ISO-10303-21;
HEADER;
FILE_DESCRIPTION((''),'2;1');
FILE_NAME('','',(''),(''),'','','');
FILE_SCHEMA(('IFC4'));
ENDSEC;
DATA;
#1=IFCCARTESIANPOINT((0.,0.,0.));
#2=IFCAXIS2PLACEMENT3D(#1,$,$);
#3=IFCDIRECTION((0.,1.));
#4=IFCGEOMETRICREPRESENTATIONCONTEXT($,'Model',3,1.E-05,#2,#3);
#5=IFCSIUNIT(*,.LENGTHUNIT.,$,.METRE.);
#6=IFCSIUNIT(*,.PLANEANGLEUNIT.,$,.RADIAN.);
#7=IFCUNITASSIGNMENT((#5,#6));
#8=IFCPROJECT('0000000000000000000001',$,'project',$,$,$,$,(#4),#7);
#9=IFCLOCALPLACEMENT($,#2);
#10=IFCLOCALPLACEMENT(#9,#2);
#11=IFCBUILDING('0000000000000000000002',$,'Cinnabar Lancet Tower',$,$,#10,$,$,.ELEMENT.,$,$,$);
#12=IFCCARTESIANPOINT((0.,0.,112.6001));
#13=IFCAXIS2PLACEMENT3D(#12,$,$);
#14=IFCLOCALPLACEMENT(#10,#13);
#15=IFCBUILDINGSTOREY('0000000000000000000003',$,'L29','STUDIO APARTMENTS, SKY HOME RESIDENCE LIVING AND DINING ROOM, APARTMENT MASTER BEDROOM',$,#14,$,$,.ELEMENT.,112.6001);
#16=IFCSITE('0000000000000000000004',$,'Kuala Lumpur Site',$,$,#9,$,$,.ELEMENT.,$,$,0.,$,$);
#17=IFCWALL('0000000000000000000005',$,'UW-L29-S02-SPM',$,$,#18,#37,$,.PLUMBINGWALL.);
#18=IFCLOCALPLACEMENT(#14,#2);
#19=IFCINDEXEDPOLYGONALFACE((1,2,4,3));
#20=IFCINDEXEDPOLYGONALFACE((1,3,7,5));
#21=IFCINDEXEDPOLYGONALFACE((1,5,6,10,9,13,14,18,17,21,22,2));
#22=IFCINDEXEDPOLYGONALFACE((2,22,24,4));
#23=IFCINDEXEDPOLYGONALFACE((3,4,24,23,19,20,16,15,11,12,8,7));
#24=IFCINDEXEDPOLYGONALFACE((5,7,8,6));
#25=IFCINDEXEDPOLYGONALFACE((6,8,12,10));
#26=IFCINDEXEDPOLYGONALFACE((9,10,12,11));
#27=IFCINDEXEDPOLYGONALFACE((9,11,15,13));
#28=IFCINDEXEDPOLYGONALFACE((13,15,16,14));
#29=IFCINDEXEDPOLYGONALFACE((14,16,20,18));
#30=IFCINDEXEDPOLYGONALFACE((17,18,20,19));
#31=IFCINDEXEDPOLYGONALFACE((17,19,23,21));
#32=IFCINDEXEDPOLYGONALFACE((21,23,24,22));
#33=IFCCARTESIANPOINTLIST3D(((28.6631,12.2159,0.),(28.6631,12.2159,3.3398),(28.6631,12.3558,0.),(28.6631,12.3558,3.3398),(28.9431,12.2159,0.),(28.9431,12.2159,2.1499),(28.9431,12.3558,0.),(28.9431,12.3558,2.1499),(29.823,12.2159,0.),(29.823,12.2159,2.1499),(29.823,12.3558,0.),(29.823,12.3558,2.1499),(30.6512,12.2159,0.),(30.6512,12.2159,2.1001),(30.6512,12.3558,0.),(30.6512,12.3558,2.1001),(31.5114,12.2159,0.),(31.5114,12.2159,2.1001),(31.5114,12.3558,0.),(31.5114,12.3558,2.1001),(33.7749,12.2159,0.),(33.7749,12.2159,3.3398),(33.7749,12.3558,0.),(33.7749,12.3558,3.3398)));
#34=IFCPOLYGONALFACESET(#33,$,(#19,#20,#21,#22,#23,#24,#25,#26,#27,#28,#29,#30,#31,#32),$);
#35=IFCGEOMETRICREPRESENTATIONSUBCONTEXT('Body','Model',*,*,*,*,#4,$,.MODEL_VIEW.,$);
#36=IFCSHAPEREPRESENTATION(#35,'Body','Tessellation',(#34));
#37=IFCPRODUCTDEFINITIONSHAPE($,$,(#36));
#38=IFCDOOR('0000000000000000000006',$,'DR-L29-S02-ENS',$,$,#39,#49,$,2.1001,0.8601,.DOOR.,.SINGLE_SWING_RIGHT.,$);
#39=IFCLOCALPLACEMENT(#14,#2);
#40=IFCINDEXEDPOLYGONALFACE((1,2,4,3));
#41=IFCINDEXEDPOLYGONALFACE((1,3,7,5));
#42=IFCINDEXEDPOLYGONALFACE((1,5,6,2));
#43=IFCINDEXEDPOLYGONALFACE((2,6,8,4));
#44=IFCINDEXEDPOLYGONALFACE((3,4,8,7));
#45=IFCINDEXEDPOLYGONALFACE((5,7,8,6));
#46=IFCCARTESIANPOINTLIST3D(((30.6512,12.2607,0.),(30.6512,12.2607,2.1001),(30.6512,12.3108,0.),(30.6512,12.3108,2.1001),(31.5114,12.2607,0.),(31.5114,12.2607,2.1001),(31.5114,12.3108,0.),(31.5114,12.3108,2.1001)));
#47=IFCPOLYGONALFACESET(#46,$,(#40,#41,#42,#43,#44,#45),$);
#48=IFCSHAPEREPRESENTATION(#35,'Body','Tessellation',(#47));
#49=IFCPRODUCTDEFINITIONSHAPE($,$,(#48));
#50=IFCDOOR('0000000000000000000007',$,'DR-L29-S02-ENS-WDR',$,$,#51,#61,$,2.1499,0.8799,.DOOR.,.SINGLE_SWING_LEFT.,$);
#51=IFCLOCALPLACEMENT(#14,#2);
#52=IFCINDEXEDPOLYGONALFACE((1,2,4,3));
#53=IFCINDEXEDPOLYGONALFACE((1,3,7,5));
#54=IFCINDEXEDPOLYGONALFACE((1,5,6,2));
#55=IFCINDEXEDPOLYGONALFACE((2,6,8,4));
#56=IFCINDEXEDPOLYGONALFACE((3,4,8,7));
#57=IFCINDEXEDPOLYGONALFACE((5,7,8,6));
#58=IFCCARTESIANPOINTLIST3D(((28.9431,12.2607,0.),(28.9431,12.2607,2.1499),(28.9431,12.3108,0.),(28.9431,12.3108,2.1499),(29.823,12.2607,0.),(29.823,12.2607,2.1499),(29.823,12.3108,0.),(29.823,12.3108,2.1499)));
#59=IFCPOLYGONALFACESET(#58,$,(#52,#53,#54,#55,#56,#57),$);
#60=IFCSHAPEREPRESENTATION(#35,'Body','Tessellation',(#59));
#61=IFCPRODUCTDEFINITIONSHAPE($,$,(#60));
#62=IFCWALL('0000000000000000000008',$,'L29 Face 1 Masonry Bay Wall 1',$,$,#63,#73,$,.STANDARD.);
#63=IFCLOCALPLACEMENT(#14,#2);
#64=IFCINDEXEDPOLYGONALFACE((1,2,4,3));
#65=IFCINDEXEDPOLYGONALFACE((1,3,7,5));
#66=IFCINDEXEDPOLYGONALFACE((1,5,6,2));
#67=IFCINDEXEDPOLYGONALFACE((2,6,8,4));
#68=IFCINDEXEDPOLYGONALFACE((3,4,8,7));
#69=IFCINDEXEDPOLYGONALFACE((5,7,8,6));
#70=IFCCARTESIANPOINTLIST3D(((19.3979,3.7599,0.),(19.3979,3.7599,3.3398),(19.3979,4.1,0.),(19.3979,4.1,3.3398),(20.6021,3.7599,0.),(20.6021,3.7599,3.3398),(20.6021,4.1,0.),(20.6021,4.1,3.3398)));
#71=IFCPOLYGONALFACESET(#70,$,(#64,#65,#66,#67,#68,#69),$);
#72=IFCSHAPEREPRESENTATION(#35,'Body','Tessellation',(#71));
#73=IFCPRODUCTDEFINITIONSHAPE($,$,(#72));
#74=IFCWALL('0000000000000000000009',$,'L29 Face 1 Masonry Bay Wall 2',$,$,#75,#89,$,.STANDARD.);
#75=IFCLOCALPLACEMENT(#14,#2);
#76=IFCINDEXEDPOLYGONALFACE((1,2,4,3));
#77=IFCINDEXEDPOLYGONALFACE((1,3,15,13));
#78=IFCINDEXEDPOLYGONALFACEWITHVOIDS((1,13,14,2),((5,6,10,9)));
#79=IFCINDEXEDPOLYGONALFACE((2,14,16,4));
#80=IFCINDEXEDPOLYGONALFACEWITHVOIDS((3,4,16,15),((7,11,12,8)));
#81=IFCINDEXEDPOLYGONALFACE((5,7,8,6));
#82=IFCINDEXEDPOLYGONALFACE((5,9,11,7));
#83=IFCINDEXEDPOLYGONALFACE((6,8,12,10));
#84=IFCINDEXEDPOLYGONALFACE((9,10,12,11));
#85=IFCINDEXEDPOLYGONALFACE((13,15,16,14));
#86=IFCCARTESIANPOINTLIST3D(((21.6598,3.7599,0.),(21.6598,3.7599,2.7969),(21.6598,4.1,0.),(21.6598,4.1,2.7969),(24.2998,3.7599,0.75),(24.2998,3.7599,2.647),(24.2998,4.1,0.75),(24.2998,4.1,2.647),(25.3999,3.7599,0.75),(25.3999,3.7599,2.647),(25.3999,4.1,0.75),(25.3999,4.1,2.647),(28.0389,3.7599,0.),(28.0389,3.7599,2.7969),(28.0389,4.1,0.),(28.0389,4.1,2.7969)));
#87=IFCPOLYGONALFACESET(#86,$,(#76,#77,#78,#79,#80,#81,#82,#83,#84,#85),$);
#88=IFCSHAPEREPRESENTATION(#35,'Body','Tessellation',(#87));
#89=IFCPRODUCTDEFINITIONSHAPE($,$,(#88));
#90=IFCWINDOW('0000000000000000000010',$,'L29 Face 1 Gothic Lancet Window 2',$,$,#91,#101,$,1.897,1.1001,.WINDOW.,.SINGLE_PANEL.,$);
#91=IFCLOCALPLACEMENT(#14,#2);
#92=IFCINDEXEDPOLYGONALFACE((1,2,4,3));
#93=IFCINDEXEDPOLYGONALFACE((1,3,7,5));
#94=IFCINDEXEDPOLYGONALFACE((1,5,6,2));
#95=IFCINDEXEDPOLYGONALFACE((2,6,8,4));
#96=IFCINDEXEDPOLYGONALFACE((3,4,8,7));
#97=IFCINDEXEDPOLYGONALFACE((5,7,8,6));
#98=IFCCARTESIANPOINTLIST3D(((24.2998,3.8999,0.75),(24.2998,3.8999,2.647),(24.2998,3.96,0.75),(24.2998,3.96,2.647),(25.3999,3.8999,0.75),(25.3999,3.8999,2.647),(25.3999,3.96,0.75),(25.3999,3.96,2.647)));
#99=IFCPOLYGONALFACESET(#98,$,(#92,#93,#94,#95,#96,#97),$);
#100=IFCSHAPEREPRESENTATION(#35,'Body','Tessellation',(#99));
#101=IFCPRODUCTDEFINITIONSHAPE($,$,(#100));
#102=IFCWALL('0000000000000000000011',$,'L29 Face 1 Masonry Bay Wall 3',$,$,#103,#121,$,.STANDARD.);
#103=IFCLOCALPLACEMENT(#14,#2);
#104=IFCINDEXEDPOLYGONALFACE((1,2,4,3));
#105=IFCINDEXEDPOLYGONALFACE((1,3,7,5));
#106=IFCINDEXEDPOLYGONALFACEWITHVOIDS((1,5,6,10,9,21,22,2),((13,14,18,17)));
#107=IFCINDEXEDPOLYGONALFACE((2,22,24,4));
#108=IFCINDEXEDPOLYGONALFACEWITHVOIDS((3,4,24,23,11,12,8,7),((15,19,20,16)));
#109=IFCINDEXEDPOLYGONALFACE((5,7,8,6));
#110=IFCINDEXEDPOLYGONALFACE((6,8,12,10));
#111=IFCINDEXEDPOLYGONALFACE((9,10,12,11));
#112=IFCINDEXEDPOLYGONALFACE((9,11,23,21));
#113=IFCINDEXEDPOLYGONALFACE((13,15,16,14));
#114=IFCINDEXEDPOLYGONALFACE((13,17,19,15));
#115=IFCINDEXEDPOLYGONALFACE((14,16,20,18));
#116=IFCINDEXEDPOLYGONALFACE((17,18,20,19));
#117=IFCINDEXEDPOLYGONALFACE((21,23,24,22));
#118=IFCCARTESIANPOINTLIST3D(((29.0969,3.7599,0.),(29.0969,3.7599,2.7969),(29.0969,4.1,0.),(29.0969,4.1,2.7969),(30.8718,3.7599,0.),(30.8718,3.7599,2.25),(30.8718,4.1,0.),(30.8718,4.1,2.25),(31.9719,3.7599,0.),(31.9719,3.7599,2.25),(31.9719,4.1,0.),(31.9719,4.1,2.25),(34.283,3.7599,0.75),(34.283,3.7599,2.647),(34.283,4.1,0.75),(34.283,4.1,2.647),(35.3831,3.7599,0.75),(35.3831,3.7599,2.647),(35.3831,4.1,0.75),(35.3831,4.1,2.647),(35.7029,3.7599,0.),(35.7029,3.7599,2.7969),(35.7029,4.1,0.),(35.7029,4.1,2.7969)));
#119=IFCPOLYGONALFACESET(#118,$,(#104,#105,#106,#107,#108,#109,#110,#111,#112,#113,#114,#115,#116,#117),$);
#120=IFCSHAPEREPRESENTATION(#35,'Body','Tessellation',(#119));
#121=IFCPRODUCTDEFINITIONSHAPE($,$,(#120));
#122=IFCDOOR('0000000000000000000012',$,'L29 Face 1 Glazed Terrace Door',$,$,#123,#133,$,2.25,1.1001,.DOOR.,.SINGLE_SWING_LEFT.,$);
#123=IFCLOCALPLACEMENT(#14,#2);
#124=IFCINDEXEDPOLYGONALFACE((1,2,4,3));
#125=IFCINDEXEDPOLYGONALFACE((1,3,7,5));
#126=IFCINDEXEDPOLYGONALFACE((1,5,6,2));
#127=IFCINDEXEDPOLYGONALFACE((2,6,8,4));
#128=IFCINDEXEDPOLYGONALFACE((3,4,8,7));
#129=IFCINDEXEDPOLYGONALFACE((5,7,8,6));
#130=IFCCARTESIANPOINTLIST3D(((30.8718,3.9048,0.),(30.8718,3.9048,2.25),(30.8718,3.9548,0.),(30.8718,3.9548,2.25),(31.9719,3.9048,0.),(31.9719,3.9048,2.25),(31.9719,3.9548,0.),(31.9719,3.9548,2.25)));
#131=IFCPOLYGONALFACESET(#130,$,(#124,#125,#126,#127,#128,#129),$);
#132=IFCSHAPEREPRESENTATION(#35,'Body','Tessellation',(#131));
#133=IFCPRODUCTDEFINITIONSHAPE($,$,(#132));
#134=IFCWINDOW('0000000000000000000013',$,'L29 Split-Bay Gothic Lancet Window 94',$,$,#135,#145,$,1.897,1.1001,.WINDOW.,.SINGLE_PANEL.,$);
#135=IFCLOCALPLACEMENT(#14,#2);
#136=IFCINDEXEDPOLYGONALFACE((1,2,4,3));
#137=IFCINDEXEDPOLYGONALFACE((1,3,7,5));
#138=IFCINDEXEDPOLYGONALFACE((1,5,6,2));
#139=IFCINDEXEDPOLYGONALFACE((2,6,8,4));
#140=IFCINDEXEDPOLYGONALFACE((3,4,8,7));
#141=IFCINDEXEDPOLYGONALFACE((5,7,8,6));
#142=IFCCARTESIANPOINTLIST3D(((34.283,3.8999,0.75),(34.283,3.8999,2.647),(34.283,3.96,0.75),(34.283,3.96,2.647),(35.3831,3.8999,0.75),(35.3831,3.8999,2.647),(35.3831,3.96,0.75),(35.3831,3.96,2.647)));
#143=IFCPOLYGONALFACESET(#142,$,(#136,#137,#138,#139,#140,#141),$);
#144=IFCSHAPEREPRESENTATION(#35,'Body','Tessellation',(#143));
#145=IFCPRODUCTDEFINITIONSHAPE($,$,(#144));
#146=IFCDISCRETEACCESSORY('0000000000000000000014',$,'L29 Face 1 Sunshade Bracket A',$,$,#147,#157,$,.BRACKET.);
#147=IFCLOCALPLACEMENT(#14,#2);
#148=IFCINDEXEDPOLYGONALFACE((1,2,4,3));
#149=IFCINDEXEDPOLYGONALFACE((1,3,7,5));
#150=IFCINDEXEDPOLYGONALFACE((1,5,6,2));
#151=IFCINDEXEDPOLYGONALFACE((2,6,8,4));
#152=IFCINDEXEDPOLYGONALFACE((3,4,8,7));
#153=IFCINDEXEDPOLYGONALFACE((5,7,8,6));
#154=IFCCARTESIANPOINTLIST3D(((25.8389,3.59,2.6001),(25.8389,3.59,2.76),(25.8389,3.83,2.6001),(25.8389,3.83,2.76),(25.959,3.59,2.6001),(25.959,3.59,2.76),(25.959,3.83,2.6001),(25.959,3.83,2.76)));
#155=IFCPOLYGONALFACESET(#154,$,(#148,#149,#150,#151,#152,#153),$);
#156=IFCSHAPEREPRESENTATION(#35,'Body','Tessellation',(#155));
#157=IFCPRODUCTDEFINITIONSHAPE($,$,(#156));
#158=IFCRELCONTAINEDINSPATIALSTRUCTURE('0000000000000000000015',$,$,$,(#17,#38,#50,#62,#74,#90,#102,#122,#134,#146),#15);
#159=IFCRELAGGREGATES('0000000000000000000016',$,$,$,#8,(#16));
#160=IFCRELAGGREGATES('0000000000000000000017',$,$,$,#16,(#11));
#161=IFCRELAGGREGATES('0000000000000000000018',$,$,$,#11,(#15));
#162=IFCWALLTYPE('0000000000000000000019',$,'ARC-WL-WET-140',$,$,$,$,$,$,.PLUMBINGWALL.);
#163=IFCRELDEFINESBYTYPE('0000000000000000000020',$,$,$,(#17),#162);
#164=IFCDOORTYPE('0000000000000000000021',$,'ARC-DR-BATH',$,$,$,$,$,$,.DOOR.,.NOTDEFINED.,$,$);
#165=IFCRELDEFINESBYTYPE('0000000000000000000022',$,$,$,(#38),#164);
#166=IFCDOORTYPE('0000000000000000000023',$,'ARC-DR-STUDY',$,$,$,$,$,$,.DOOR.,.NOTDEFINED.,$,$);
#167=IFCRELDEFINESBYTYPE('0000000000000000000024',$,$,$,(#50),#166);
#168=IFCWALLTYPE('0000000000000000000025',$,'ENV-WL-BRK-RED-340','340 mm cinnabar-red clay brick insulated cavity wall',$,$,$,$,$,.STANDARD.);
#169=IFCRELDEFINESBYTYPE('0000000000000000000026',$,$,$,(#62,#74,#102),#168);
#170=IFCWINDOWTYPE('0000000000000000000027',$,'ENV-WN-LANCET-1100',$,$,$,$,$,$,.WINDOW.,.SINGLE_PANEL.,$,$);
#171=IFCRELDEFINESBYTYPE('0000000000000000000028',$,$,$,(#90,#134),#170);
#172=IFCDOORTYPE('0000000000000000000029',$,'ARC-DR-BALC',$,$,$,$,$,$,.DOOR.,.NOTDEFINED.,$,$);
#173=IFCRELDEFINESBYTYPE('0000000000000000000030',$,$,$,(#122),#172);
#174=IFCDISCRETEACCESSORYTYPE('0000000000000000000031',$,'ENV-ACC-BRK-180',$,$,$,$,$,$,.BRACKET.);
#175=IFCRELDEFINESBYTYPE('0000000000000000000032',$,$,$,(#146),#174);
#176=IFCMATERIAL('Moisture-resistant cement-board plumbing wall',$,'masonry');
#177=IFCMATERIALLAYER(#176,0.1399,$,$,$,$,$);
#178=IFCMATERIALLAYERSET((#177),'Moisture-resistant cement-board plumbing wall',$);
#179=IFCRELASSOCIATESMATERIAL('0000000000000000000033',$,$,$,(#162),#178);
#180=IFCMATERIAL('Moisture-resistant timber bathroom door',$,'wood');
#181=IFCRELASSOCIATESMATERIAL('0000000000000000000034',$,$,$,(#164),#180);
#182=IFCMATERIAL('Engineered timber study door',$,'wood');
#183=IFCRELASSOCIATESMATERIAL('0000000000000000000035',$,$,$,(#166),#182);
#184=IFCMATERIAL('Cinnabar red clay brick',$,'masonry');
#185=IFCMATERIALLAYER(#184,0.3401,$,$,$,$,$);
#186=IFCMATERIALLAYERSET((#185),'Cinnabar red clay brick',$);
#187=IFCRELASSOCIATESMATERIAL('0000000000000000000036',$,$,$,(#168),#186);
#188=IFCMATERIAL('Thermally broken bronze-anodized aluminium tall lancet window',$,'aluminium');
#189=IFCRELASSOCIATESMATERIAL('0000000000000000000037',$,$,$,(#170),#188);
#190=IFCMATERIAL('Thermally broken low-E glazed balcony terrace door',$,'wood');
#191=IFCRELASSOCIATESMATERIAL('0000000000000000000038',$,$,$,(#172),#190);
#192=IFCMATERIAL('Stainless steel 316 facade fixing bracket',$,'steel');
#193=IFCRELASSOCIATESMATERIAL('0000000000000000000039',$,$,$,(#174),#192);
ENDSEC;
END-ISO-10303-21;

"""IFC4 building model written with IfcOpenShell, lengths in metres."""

from ifc_helpers import new_model, si_unit, direction, frame, frame_2d, origin, origin_2d, place, context, subcontext, project, spatial, rectangle, extrude, material, layer, layer_set, type_object, element, fill, save


model = new_model("IFC4")

# Units and contexts
model_context = context("Model", 3, precision=1e-05, world=origin(), true_north=direction((0.0, 1.0)))
body_context = subcontext(model_context, "Body", "Model", "MODEL_VIEW")
ifc_project = project(units=[si_unit("LENGTHUNIT", "METRE"), si_unit("PLANEANGLEUNIT", "RADIAN")], contexts=[model_context])

# Site, building, storey
site_placement = place(None, origin())
site = spatial("IfcSite", under=ifc_project, at=site_placement, Name="Kuala Lumpur Site", CompositionType="ELEMENT", RefElevation=0.0)
building_placement = place(site_placement, origin())
building = spatial("IfcBuilding", under=site, at=building_placement, Name="Cinnabar Lancet Tower", CompositionType="ELEMENT")
storey_placement = place(building_placement, frame((0.0, 0.0, 112.6001)))
storey = spatial("IfcBuildingStorey", under=building, at=storey_placement, Name="L29", Description="STUDIO APARTMENTS, SKY HOME RESIDENCE LIVING AND DINING ROOM, APARTMENT MASTER BEDROOM", CompositionType="ELEMENT", Elevation=112.6001)

# Wall, openings, doors
ifc_material_1 = material(Name="Moisture-resistant cement-board plumbing wall", Category="masonry")
ifc_layer_1 = layer(ifc_material_1, 0.1399)
ifc_layer_set_1 = layer_set([ifc_layer_1], Name="Moisture-resistant cement-board plumbing wall")
wall_type_1 = type_object("IfcWallType", Name="ARC-WL-WET-140", PredefinedType="PLUMBINGWALL", material=ifc_layer_set_1)
ifc_material_2 = material(Name="Moisture-resistant timber bathroom door", Category="wood")
door_type_1 = type_object("IfcDoorType", Name="ARC-DR-BATH", OperationType="NOTDEFINED", PredefinedType="DOOR", material=ifc_material_2)
ifc_material_3 = material(Name="Engineered timber study door", Category="wood")
door_type_2 = type_object("IfcDoorType", Name="ARC-DR-STUDY", OperationType="NOTDEFINED", PredefinedType="DOOR", material=ifc_material_3)
wall_1_placement = place(storey_placement, frame((28.6631, 12.2859, 0.0), z_axis=(0.0, 0.0, 1.0), x_axis=(1.0, 0.0, 0.0)))
wall_1 = element("IfcWall", 1, at=wall_1_placement, inside=storey, type_object=wall_type_1, Name="UW-L29-S02-SPM", PredefinedType="PLUMBINGWALL", context=body_context, shape_type="SweptSolid", body=[
    extrude(rectangle(XDim=5.1118, YDim=0.1399, at=frame_2d((2.5559, 0.0))), origin(), (0.0, 0.0, 1.0), 3.3398),
])
opening_1_placement = place(wall_1_placement, frame((0.28, 0.0, 0.0)))
opening_1 = element("IfcOpeningElement", 2, at=opening_1_placement, cuts=wall_1, PredefinedType="OPENING", context=body_context, shape_type="SweptSolid", body=[
    extrude(rectangle(XDim=0.8799, YDim=2.1499, at=frame_2d((0.4399, 1.075))), frame((0.0, 0.0798, 0.0), z_axis=(0.0, -1.0, 0.0), x_axis=(1.0, 0.0, 0.0)), (0.0, 0.0, 1.0), 0.1599),
])
opening_2_placement = place(wall_1_placement, frame((1.988, 0.0, 0.0)))
opening_2 = element("IfcOpeningElement", 3, at=opening_2_placement, cuts=wall_1, PredefinedType="OPENING", context=body_context, shape_type="SweptSolid", body=[
    extrude(rectangle(XDim=0.8601, YDim=2.1001, at=frame_2d((0.4302, 1.05))), frame((0.0, 0.0798, 0.0), z_axis=(0.0, -1.0, 0.0), x_axis=(1.0, 0.0, 0.0)), (0.0, 0.0, 1.0), 0.1599),
])
door_1_placement = place(opening_2_placement, origin())
door_1 = element("IfcDoor", 4, at=door_1_placement, inside=storey, type_object=door_type_1, Name="DR-L29-S02-ENS", OperationType="SINGLE_SWING_RIGHT", OverallHeight=2.1001, OverallWidth=0.8601, PredefinedType="DOOR", context=body_context, shape_type="SweptSolid", body=[
    extrude(rectangle(XDim=0.8601, YDim=2.1001, at=frame_2d((0.4302, 1.05))), frame((0.0, 0.0249, 0.0), z_axis=(0.0, -1.0, 0.0), x_axis=(1.0, 0.0, 0.0)), (0.0, 0.0, 1.0), 0.05),
])
fill(opening_2, door_1)
door_2_placement = place(opening_1_placement, origin())
door_2 = element("IfcDoor", 5, at=door_2_placement, inside=storey, type_object=door_type_2, Name="DR-L29-S02-ENS-WDR", OperationType="SINGLE_SWING_LEFT", OverallHeight=2.1499, OverallWidth=0.8799, PredefinedType="DOOR", context=body_context, shape_type="SweptSolid", body=[
    extrude(rectangle(XDim=0.8799, YDim=2.1499, at=frame_2d((0.4399, 1.075))), frame((0.0, 0.0249, 0.0), z_axis=(0.0, -1.0, 0.0), x_axis=(1.0, 0.0, 0.0)), (0.0, 0.0, 1.0), 0.05),
])
fill(opening_1, door_2)

# Wall
ifc_material_4 = material(Name="Cinnabar red clay brick", Category="masonry")
ifc_layer_2 = layer(ifc_material_4, 0.3401)
ifc_layer_set_2 = layer_set([ifc_layer_2], Name="Cinnabar red clay brick")
wall_type_2 = type_object("IfcWallType", Name="ENV-WL-BRK-RED-340", Description="340 mm cinnabar-red clay brick insulated cavity wall", PredefinedType="STANDARD", material=ifc_layer_set_2)
wall_2_placement = place(storey_placement, frame((19.3979, 3.9299, 0.0), z_axis=(0.0, 0.0, 1.0), x_axis=(1.0, 0.0, 0.0)))
element("IfcWall", 6, at=wall_2_placement, inside=storey, type_object=wall_type_2, Name="L29 Face 1 Masonry Bay Wall 1", PredefinedType="STANDARD", context=body_context, shape_type="SweptSolid", body=[
    extrude(rectangle(XDim=1.2041, YDim=0.3401, at=frame_2d((0.6021, 0.0))), origin(), (0.0, 0.0, 1.0), 3.3398),
])

# Wall, opening, window
wall_3_placement = place(storey_placement, frame((21.6599, 3.9299, 0.0), z_axis=(0.0, 0.0, 1.0), x_axis=(1.0, 0.0, 0.0)))
wall_3 = element("IfcWall", 7, at=wall_3_placement, inside=storey, type_object=wall_type_2, Name="L29 Face 1 Masonry Bay Wall 2", PredefinedType="STANDARD", context=body_context, shape_type="SweptSolid", body=[
    extrude(rectangle(XDim=6.3792, YDim=0.3401, at=frame_2d((3.1895, 0.0))), origin(), (0.0, 0.0, 1.0), 2.7969),
])
opening_3_placement = place(wall_3_placement, frame((2.6399, 0.0, 0.75)))
opening_3 = element("IfcOpeningElement", 8, at=opening_3_placement, cuts=wall_3, PredefinedType="OPENING", context=body_context, shape_type="SweptSolid", body=[
    extrude(rectangle(XDim=1.1001, YDim=1.897, at=frame_2d((0.55, 0.9485))), frame((0.0, 0.1799, 0.0), z_axis=(0.0, -1.0, 0.0), x_axis=(1.0, 0.0, 0.0)), (0.0, 0.0, 1.0), 0.3601),
])
ifc_material_5 = material(Name="Thermally broken bronze-anodized aluminium tall lancet window", Category="aluminium")
window_type = type_object("IfcWindowType", Name="ENV-WN-LANCET-1100", PartitioningType="SINGLE_PANEL", PredefinedType="WINDOW", material=ifc_material_5)
window_1_placement = place(opening_3_placement, origin())
window_1 = element("IfcWindow", 9, at=window_1_placement, inside=storey, type_object=window_type, Name="L29 Face 1 Gothic Lancet Window 2", OverallHeight=1.897, OverallWidth=1.1001, PartitioningType="SINGLE_PANEL", PredefinedType="WINDOW", context=body_context, shape_type="SweptSolid", body=[
    extrude(rectangle(XDim=1.1001, YDim=1.897, at=frame_2d((0.55, 0.9485))), frame((0.0, 0.03, 0.0), z_axis=(0.0, -1.0, 0.0), x_axis=(1.0, 0.0, 0.0)), (0.0, 0.0, 1.0), 0.0601),
])
fill(opening_3, window_1)

# Wall, openings, door, window
wall_4_placement = place(storey_placement, frame((29.0969, 3.9299, 0.0), z_axis=(0.0, 0.0, 1.0), x_axis=(1.0, 0.0, 0.0)))
wall_4 = element("IfcWall", 10, at=wall_4_placement, inside=storey, type_object=wall_type_2, Name="L29 Face 1 Masonry Bay Wall 3", PredefinedType="STANDARD", context=body_context, shape_type="SweptSolid", body=[
    extrude(rectangle(XDim=6.606, YDim=0.3401, at=frame_2d((3.303, 0.0))), origin(), (0.0, 0.0, 1.0), 2.7969),
])
opening_4_placement = place(wall_4_placement, frame((1.7749, 0.0, 0.0)))
opening_4 = element("IfcOpeningElement", 11, at=opening_4_placement, cuts=wall_4, PredefinedType="OPENING", context=body_context, shape_type="SweptSolid", body=[
    extrude(rectangle(XDim=1.1001, YDim=2.25, at=frame_2d((0.55, 1.125))), frame((0.0, 0.1799, 0.0), z_axis=(0.0, -1.0, 0.0), x_axis=(1.0, 0.0, 0.0)), (0.0, 0.0, 1.0), 0.3601),
])
opening_5_placement = place(wall_4_placement, frame((5.186, 0.0, 0.75)))
opening_5 = element("IfcOpeningElement", 12, at=opening_5_placement, cuts=wall_4, PredefinedType="OPENING", context=body_context, shape_type="SweptSolid", body=[
    extrude(rectangle(XDim=1.1001, YDim=1.897, at=frame_2d((0.55, 0.9485))), frame((0.0, 0.1799, 0.0), z_axis=(0.0, -1.0, 0.0), x_axis=(1.0, 0.0, 0.0)), (0.0, 0.0, 1.0), 0.3601),
])
ifc_material_6 = material(Name="Thermally broken low-E glazed balcony terrace door", Category="wood")
door_type_3 = type_object("IfcDoorType", Name="ARC-DR-BALC", OperationType="NOTDEFINED", PredefinedType="DOOR", material=ifc_material_6)
door_3_placement = place(opening_4_placement, origin())
door_3 = element("IfcDoor", 13, at=door_3_placement, inside=storey, type_object=door_type_3, Name="L29 Face 1 Glazed Terrace Door", OperationType="SINGLE_SWING_LEFT", OverallHeight=2.25, OverallWidth=1.1001, PredefinedType="DOOR", context=body_context, shape_type="SweptSolid", body=[
    extrude(rectangle(XDim=1.1001, YDim=2.25, at=frame_2d((0.55, 1.125))), frame((0.0, 0.0249, 0.0), z_axis=(0.0, -1.0, 0.0), x_axis=(1.0, 0.0, 0.0)), (0.0, 0.0, 1.0), 0.05),
])
fill(opening_4, door_3)
window_2_placement = place(opening_5_placement, origin())
window_2 = element("IfcWindow", 14, at=window_2_placement, inside=storey, type_object=window_type, Name="L29 Split-Bay Gothic Lancet Window 94", OverallHeight=1.897, OverallWidth=1.1001, PartitioningType="SINGLE_PANEL", PredefinedType="WINDOW", context=body_context, shape_type="SweptSolid", body=[
    extrude(rectangle(XDim=1.1001, YDim=1.897, at=frame_2d((0.55, 0.9485))), frame((0.0, 0.03, 0.0), z_axis=(0.0, -1.0, 0.0), x_axis=(1.0, 0.0, 0.0)), (0.0, 0.0, 1.0), 0.0601),
])
fill(opening_5, window_2)

# Discrete accessory
ifc_material_7 = material(Name="Stainless steel 316 facade fixing bracket", Category="steel")
discrete_accessory_type = type_object("IfcDiscreteAccessoryType", Name="ENV-ACC-BRK-180", PredefinedType="BRACKET", material=ifc_material_7)
discrete_accessory_placement = place(storey_placement, frame((25.8989, 3.71, 2.6001), z_axis=(0.0, 0.0, 1.0), x_axis=(1.0, 0.0, 0.0)))
element("IfcDiscreteAccessory", 15, at=discrete_accessory_placement, inside=storey, type_object=discrete_accessory_type, Name="L29 Face 1 Sunshade Bracket A", PredefinedType="BRACKET", context=body_context, shape_type="SweptSolid", body=[
    extrude(rectangle(XDim=0.1201, YDim=0.24, at=origin_2d()), origin(), (0.0, 0.0, 1.0), 0.1599),
])

save(model, "model.ifc")
